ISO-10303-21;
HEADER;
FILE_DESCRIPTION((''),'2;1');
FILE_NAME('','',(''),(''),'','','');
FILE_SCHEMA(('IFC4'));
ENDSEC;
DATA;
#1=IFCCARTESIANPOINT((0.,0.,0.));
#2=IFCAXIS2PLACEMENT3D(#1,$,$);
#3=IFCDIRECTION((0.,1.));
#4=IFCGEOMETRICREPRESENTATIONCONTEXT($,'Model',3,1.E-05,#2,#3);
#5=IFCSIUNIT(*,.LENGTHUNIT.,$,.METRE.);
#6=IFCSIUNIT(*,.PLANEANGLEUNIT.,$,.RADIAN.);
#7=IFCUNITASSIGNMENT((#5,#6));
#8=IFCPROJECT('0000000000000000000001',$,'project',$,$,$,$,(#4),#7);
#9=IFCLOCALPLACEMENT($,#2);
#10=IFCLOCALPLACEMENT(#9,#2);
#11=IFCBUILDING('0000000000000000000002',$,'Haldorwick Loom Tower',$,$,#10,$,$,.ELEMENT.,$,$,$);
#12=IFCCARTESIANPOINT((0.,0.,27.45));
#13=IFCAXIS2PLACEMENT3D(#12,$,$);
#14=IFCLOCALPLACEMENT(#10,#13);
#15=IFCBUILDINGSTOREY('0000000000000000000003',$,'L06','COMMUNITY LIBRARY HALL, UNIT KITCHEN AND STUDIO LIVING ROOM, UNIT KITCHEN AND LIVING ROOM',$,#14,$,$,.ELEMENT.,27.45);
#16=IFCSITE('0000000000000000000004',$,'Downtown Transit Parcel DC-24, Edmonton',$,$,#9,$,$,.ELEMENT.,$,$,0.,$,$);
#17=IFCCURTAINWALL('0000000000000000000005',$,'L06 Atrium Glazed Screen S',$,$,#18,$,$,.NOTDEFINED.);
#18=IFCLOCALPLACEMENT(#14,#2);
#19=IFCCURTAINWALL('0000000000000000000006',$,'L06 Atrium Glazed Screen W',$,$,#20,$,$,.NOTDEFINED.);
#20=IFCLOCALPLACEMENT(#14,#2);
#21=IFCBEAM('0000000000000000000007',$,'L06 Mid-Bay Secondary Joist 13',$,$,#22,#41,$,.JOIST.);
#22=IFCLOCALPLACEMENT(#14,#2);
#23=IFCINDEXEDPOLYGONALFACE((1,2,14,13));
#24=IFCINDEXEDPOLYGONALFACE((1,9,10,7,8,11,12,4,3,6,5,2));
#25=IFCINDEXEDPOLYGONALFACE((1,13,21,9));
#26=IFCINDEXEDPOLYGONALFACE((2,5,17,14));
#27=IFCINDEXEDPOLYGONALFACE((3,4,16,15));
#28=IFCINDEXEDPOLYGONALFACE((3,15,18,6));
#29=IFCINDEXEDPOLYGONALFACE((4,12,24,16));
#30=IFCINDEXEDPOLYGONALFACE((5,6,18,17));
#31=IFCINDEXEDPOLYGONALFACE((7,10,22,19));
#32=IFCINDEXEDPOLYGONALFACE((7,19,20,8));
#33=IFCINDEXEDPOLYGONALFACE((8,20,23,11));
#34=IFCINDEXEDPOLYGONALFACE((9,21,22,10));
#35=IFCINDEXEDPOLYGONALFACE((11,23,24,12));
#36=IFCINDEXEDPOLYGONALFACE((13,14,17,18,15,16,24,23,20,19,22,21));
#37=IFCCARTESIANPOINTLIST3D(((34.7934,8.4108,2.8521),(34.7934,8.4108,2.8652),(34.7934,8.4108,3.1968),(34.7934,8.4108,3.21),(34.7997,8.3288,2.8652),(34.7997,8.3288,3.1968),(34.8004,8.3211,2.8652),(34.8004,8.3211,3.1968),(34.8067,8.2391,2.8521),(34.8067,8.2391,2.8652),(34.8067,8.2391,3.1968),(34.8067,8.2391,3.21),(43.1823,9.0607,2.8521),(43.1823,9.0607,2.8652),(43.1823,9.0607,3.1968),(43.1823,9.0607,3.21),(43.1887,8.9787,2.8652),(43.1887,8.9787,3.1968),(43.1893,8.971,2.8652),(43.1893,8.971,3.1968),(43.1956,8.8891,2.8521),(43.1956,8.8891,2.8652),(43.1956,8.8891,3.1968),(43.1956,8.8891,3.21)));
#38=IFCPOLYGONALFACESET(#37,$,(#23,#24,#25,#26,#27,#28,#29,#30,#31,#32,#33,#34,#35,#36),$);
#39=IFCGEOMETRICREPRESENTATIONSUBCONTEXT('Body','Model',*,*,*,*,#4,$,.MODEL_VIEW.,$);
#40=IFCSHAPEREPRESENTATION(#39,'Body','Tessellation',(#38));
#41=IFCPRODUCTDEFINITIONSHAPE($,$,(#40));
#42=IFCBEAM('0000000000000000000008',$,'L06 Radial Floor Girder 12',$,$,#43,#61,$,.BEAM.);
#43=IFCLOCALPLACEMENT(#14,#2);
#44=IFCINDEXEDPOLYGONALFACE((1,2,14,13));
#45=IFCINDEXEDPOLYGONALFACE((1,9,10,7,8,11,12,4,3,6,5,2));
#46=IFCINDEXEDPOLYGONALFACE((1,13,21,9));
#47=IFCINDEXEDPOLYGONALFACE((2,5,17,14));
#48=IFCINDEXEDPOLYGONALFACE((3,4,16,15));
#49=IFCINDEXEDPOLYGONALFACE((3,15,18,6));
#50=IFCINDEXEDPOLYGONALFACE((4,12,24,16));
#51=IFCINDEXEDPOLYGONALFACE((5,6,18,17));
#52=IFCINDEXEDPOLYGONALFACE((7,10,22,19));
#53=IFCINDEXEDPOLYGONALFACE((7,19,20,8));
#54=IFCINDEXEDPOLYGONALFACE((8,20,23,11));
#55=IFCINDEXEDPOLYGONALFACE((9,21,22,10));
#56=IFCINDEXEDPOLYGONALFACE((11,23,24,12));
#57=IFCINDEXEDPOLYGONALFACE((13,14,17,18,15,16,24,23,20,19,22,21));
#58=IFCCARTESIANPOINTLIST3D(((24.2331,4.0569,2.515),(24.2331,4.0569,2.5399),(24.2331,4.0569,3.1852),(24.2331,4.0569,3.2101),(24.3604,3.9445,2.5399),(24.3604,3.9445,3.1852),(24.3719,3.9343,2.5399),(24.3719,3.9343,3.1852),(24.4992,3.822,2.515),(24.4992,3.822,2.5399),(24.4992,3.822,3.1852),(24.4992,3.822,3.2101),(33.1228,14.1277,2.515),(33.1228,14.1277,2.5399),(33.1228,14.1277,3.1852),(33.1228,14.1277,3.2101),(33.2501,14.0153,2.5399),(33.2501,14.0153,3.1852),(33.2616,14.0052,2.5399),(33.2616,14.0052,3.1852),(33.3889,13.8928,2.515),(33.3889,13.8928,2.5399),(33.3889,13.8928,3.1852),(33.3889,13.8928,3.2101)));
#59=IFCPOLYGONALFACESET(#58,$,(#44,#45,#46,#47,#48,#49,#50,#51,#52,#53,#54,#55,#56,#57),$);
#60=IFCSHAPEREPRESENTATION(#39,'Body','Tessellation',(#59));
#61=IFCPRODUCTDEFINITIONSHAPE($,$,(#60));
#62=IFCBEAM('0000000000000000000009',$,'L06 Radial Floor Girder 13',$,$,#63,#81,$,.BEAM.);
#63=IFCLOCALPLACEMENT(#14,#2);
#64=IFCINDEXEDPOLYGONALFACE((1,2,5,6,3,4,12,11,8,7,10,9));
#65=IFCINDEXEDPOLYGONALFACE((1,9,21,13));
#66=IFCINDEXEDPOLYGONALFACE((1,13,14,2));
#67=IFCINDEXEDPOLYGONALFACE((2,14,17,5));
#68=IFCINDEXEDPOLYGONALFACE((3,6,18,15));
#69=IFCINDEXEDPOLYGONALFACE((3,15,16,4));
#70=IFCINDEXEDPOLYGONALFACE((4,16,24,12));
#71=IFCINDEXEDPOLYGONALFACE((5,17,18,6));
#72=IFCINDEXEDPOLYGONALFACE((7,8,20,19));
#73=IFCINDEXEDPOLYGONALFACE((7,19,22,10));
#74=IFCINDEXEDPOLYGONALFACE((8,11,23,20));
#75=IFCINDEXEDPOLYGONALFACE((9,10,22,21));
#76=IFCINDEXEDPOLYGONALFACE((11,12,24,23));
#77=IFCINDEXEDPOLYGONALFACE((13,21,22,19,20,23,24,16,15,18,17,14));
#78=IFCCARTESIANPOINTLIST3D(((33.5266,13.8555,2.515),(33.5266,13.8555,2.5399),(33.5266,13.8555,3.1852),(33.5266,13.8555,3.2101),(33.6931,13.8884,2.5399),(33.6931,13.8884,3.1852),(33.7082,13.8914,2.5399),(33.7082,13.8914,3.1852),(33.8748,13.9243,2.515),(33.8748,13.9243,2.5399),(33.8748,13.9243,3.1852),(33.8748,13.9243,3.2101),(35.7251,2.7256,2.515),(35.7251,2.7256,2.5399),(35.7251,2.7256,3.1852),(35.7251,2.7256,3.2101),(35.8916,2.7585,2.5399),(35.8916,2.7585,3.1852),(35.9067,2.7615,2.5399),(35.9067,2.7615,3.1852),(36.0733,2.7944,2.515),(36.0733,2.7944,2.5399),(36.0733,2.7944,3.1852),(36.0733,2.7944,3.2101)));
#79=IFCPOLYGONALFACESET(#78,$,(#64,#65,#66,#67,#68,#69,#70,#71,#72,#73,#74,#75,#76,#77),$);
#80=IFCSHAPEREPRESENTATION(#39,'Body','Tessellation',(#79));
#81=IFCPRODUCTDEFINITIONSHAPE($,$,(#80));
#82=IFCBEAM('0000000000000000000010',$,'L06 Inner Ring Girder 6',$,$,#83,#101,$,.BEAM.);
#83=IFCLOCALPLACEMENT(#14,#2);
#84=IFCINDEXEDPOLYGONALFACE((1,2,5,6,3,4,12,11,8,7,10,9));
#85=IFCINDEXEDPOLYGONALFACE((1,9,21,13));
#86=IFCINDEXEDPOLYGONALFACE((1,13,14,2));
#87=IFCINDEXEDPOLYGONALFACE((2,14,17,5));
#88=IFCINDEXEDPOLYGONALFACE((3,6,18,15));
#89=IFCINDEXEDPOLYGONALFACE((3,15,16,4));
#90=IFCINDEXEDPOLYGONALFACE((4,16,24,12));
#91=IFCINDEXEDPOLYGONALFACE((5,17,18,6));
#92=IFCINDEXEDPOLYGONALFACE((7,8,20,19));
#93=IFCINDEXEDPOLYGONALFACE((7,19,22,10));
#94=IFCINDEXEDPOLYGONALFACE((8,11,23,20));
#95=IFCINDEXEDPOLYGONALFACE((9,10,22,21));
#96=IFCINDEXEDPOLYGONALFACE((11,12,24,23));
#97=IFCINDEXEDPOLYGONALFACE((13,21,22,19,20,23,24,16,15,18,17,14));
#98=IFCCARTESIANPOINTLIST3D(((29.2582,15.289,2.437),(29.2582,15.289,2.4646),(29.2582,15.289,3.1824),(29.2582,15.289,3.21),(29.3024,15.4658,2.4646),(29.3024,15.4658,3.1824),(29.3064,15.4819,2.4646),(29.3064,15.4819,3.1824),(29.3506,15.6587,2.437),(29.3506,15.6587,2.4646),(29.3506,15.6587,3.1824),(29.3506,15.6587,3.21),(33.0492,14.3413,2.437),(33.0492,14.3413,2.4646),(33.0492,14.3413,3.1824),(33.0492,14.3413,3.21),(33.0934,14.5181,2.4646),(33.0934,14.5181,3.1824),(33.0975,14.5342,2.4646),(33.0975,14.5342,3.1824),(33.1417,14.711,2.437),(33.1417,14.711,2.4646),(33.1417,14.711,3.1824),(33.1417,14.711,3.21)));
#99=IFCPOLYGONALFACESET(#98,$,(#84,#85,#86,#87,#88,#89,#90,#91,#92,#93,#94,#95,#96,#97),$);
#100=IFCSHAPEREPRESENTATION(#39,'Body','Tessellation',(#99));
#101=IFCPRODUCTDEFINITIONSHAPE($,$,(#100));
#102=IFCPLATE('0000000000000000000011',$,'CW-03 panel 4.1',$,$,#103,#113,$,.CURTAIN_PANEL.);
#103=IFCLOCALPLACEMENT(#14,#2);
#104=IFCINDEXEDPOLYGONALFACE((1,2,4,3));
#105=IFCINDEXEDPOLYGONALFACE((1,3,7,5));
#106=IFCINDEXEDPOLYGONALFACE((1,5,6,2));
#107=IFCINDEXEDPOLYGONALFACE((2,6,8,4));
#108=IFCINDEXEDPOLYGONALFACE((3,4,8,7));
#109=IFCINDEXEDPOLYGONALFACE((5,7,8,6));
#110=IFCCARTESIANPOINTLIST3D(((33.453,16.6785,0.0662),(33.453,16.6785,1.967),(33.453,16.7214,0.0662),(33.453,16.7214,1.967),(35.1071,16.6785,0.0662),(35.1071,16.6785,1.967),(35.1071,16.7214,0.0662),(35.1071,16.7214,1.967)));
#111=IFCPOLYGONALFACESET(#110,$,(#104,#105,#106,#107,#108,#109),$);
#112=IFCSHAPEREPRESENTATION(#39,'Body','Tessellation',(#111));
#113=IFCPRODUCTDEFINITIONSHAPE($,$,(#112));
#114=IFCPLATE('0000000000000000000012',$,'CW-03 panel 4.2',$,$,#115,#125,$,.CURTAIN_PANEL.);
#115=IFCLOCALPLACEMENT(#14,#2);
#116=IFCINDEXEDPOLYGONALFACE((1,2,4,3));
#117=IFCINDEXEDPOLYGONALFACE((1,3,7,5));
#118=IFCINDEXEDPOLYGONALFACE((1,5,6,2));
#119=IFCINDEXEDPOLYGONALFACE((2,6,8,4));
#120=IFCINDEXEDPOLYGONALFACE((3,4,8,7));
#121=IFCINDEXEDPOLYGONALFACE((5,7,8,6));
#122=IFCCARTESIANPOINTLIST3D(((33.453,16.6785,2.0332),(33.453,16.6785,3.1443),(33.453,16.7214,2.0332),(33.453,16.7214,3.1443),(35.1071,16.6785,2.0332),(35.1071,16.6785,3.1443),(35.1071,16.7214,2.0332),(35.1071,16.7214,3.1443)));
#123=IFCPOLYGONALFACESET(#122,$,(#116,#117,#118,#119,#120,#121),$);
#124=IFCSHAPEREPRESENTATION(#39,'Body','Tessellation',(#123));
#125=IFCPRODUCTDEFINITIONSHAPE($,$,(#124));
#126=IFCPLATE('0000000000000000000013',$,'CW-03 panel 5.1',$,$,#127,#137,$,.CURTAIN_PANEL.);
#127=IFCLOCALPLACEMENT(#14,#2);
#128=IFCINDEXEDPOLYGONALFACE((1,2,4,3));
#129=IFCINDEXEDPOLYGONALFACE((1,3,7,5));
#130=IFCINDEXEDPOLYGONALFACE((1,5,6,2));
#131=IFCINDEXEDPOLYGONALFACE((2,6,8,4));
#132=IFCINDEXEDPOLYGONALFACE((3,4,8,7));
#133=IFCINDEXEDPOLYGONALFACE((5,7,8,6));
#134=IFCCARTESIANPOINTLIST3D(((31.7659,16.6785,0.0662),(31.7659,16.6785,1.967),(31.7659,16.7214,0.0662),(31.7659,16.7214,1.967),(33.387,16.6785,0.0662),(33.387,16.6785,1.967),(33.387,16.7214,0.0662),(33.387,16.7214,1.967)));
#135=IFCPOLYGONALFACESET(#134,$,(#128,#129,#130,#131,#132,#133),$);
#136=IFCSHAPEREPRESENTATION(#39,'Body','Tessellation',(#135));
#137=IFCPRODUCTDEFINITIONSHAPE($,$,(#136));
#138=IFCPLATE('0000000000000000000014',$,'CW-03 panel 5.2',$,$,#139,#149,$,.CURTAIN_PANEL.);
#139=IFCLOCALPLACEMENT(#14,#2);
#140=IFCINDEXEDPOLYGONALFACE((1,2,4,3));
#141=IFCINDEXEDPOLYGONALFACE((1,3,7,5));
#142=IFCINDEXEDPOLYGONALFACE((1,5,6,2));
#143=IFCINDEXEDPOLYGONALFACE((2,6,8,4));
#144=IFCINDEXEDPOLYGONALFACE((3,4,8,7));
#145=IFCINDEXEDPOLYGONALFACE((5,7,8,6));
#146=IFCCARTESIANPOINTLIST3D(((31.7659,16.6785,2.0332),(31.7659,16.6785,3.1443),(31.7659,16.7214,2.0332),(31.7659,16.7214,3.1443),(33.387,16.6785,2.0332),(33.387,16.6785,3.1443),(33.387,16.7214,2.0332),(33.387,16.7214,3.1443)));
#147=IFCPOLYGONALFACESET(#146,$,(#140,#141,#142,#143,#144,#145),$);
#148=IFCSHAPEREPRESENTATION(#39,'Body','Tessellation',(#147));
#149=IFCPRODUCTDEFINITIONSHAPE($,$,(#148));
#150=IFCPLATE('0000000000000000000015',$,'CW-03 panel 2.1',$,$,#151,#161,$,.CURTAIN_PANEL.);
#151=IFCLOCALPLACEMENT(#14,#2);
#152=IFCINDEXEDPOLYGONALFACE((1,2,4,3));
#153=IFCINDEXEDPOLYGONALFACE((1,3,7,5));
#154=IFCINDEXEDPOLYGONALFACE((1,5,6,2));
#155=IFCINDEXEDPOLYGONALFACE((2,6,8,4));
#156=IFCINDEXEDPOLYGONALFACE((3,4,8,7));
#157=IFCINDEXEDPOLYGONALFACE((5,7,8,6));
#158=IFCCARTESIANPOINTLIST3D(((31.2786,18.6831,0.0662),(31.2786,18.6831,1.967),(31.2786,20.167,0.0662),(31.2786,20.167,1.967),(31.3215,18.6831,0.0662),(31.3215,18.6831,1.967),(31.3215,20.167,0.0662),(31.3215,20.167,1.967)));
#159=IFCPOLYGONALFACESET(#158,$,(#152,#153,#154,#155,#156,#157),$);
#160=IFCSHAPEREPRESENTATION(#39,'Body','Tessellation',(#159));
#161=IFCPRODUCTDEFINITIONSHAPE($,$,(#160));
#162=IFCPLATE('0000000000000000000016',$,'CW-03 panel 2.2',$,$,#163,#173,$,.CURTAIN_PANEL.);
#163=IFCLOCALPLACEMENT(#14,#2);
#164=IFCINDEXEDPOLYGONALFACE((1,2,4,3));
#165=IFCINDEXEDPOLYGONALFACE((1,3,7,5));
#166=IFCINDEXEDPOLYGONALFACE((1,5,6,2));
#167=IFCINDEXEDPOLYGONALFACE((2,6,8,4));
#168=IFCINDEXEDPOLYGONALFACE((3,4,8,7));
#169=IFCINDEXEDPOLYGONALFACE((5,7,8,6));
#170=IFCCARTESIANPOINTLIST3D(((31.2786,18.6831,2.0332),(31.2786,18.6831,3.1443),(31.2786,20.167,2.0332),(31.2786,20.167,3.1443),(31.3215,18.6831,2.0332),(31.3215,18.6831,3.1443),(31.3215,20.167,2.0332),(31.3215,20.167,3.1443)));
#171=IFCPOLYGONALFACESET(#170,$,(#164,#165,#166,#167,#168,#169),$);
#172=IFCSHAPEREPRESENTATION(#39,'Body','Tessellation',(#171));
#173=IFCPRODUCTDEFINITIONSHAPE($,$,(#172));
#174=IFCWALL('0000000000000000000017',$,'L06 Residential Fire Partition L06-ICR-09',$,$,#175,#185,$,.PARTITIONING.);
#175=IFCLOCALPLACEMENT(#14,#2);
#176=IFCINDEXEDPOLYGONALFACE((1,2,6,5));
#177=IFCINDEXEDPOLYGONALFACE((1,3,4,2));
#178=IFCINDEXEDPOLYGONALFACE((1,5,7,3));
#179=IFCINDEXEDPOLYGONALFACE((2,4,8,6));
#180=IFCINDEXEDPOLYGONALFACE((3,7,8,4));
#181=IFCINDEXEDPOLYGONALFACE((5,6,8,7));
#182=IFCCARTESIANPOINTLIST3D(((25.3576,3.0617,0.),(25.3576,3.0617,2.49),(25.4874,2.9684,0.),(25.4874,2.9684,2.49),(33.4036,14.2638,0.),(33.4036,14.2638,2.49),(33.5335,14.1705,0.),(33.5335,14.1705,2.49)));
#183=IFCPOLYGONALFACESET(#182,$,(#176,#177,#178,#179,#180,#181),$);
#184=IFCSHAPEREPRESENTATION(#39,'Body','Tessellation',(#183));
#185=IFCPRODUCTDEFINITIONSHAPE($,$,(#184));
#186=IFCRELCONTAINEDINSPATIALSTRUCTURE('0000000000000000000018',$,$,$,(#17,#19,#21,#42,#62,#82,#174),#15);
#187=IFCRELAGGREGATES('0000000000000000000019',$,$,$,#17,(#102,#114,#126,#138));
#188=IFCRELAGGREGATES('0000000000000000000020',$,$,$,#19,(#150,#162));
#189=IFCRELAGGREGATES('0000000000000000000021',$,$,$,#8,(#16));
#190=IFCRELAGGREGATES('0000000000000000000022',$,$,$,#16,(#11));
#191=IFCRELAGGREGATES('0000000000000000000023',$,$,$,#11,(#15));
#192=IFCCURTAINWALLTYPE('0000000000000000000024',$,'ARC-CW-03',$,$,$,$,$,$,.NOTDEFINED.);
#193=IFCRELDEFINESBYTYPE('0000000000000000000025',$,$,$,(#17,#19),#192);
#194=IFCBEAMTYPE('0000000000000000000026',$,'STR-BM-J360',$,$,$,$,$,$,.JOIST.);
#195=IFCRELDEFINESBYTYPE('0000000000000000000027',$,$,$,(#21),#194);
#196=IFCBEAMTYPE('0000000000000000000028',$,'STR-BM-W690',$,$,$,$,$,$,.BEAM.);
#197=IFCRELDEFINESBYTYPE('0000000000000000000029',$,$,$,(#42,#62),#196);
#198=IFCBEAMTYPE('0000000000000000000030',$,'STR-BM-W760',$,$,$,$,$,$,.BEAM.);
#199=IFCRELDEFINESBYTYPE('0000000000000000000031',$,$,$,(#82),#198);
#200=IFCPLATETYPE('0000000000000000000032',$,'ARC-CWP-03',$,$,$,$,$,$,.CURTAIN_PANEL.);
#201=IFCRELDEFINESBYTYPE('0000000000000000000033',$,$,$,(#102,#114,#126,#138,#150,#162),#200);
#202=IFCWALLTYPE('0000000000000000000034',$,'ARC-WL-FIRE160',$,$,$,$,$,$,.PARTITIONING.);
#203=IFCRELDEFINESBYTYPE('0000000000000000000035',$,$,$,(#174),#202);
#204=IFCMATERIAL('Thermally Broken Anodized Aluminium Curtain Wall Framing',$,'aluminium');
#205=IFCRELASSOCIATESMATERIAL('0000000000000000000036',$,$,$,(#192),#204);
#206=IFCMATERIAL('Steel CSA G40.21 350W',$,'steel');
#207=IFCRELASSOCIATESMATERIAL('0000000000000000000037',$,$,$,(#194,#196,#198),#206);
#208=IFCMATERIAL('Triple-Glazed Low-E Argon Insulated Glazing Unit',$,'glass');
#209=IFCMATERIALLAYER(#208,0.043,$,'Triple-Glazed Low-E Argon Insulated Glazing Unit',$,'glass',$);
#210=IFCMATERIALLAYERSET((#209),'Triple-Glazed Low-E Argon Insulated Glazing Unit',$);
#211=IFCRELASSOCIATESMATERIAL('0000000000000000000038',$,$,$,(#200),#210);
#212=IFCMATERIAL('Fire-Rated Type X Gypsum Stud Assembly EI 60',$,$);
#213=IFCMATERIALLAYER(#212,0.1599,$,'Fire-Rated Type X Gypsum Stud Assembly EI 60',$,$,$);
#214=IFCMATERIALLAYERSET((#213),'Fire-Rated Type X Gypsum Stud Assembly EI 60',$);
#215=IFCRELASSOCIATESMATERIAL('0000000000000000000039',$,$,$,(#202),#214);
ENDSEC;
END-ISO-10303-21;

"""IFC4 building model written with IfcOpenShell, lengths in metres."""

from ifc_helpers import new_model, si_unit, direction, frame, frame_2d, origin, origin_2d, place, context, subcontext, project, spatial, rectangle, i_section, extrude, material, layer, layer_set, material_profile, profile_set, type_object, element, aggregate, save


model = new_model("IFC4")

# Units and contexts
model_context = context("Model", 3, precision=1e-05, world=origin(), true_north=direction((0.0, 1.0)))
body_context = subcontext(model_context, "Body", "Model", "MODEL_VIEW")
ifc_project = project(units=[si_unit("LENGTHUNIT", "METRE"), si_unit("PLANEANGLEUNIT", "RADIAN")], contexts=[model_context])

# Site, building, storey
site_placement = place(None, origin())
site = spatial("IfcSite", under=ifc_project, at=site_placement, Name="Downtown Transit Parcel DC-24, Edmonton", CompositionType="ELEMENT", RefElevation=0.0)
building_placement = place(site_placement, origin())
building = spatial("IfcBuilding", under=site, at=building_placement, Name="Haldorwick Loom Tower", CompositionType="ELEMENT")
storey_placement = place(building_placement, frame((0.0, 0.0, 27.45)))
storey = spatial("IfcBuildingStorey", under=building, at=storey_placement, Name="L06", Description="COMMUNITY LIBRARY HALL, UNIT KITCHEN AND STUDIO LIVING ROOM, UNIT KITCHEN AND LIVING ROOM", CompositionType="ELEMENT", Elevation=27.45)

# Curtain wall
ifc_material_1 = material(Name="Thermally Broken Anodized Aluminium Curtain Wall Framing", Category="aluminium")
curtain_wall_type = type_object("IfcCurtainWallType", Name="ARC-CW-03", PredefinedType="NOTDEFINED", material=ifc_material_1)
curtain_wall_1_placement = place(storey_placement, origin())
curtain_wall_1 = element("IfcCurtainWall", 1, at=curtain_wall_1_placement, inside=storey, type_object=curtain_wall_type, Name="L06 Atrium Glazed Screen S", PredefinedType="NOTDEFINED")

# Curtain wall
curtain_wall_2_placement = place(storey_placement, origin())
curtain_wall_2 = element("IfcCurtainWall", 2, at=curtain_wall_2_placement, inside=storey, type_object=curtain_wall_type, Name="L06 Atrium Glazed Screen W", PredefinedType="NOTDEFINED")

# Beams
ifc_material_2 = material(Name="Steel CSA G40.21 350W", Category="steel")
ifc_material_profile_1 = material_profile(ifc_material_2, i_section(OverallWidth=0.1721, OverallDepth=0.3579, WebThickness=0.0078, FlangeThickness=0.0132, at=origin_2d()), Name="W360X57", Category="steel")
ifc_profile_set_1 = profile_set([ifc_material_profile_1], Name="Steel CSA G40.21 350W")
beam_type_1 = type_object("IfcBeamType", Name="STR-BM-J360", PredefinedType="JOIST", material=ifc_profile_set_1)
beam_1_placement = place(storey_placement, frame((34.8, 8.325, 3.031), z_axis=(0.997013, 0.07724, 0.0), x_axis=(-0.07724, 0.997013, 0.0)))
element("IfcBeam", 3, at=beam_1_placement, inside=storey, type_object=beam_type_1, Name="L06 Mid-Bay Secondary Joist 13", PredefinedType="JOIST", context=body_context, shape_type="SweptSolid", body=[
    extrude(i_section(OverallWidth=0.1721, OverallDepth=0.3579, WebThickness=0.0078, FlangeThickness=0.0132, at=origin_2d()), origin(), (0.0, 0.0, 1.0), 8.4141),
])
ifc_material_profile_2 = material_profile(ifc_material_2, i_section(OverallWidth=0.355, OverallDepth=0.6951, WebThickness=0.0154, FlangeThickness=0.0249, at=origin_2d()), Name="W690X217", Category="steel")
ifc_profile_set_2 = profile_set([ifc_material_profile_2], Name="Steel CSA G40.21 350W")
beam_type_2 = type_object("IfcBeamType", Name="STR-BM-W690", PredefinedType="BEAM", material=ifc_profile_set_2)
beam_2_placement = place(storey_placement, frame((33.2559, 14.0103, 2.8625), z_axis=(-0.661774, -0.749703, 0.0), x_axis=(0.749703, -0.661774, 0.0)))
element("IfcBeam", 4, at=beam_2_placement, inside=storey, type_object=beam_type_2, Name="L06 Radial Floor Girder 12", PredefinedType="BEAM", context=body_context, shape_type="SweptSolid", body=[
    extrude(i_section(OverallWidth=0.355, OverallDepth=0.6951, WebThickness=0.0154, FlangeThickness=0.0249, at=origin_2d()), origin(), (0.0, 0.0, 1.0), 13.4331),
])
beam_3_placement = place(storey_placement, frame((33.7007, 13.8899, 2.8625), z_axis=(0.193786, -0.981044, 0.0), x_axis=(0.981044, 0.193786, 0.0)))
element("IfcBeam", 5, at=beam_3_placement, inside=storey, type_object=beam_type_2, Name="L06 Radial Floor Girder 13", PredefinedType="BEAM", context=body_context, shape_type="SweptSolid", body=[
    extrude(i_section(OverallWidth=0.355, OverallDepth=0.6951, WebThickness=0.0154, FlangeThickness=0.0249, at=origin_2d()), origin(), (0.0, 0.0, 1.0), 11.345),
])
ifc_material_profile_3 = material_profile(ifc_material_2, i_section(OverallWidth=0.3811, OverallDepth=0.7729, WebThickness=0.0166, FlangeThickness=0.0276, at=origin_2d()), Name="W760X257", Category="steel")
ifc_profile_set_3 = profile_set([ifc_material_profile_3], Name="Steel CSA G40.21 350W")
beam_type_3 = type_object("IfcBeamType", Name="STR-BM-W760", PredefinedType="BEAM", material=ifc_profile_set_3)
beam_4_placement = place(storey_placement, frame((33.0955, 14.5261, 2.8235), z_axis=(-0.970143, 0.242536, 0.0), x_axis=(-0.242536, -0.970143, 0.0)))
element("IfcBeam", 6, at=beam_4_placement, inside=storey, type_object=beam_type_3, Name="L06 Inner Ring Girder 6", PredefinedType="BEAM", context=body_context, shape_type="SweptSolid", body=[
    extrude(i_section(OverallWidth=0.3811, OverallDepth=0.7729, WebThickness=0.0166, FlangeThickness=0.0276, at=origin_2d()), origin(), (0.0, 0.0, 1.0), 3.9077),
])

# Plates
ifc_material_3 = material(Name="Triple-Glazed Low-E Argon Insulated Glazing Unit", Category="glass")
ifc_layer_1 = layer(ifc_material_3, 0.043, Name="Triple-Glazed Low-E Argon Insulated Glazing Unit", Category="glass")
ifc_layer_set_1 = layer_set([ifc_layer_1], Name="Triple-Glazed Low-E Argon Insulated Glazing Unit")
plate_type = type_object("IfcPlateType", Name="ARC-CWP-03", PredefinedType="CURTAIN_PANEL", material=ifc_layer_set_1)
plate_1_placement = place(storey_placement, frame((34.28, 16.7, 0.0662), z_axis=(0.0, 0.0, 1.0), x_axis=(-1.0, 0.0, 0.0)))
plate_1 = element("IfcPlate", 7, at=plate_1_placement, type_object=plate_type, Name="CW-03 panel 4.1", PredefinedType="CURTAIN_PANEL", context=body_context, shape_type="SweptSolid", body=[
    extrude(rectangle(XDim=1.6541, YDim=0.043, at=origin_2d()), origin(), (0.0, 0.0, 1.0), 1.9009),
])
plate_2_placement = place(storey_placement, frame((34.28, 16.7, 2.0332), z_axis=(0.0, 0.0, 1.0), x_axis=(-1.0, 0.0, 0.0)))
plate_2 = element("IfcPlate", 8, at=plate_2_placement, type_object=plate_type, Name="CW-03 panel 4.2", PredefinedType="CURTAIN_PANEL", context=body_context, shape_type="SweptSolid", body=[
    extrude(rectangle(XDim=1.6541, YDim=0.043, at=origin_2d()), origin(), (0.0, 0.0, 1.0), 1.1111),
])
plate_3_placement = place(storey_placement, frame((32.5764, 16.7, 0.0662), z_axis=(0.0, 0.0, 1.0), x_axis=(-1.0, 0.0, 0.0)))
plate_3 = element("IfcPlate", 9, at=plate_3_placement, type_object=plate_type, Name="CW-03 panel 5.1", PredefinedType="CURTAIN_PANEL", context=body_context, shape_type="SweptSolid", body=[
    extrude(rectangle(XDim=1.6211, YDim=0.043, at=origin_2d()), origin(), (0.0, 0.0, 1.0), 1.9009),
])
plate_4_placement = place(storey_placement, frame((32.5764, 16.7, 2.0332), z_axis=(0.0, 0.0, 1.0), x_axis=(-1.0, 0.0, 0.0)))
plate_4 = element("IfcPlate", 10, at=plate_4_placement, type_object=plate_type, Name="CW-03 panel 5.2", PredefinedType="CURTAIN_PANEL", context=body_context, shape_type="SweptSolid", body=[
    extrude(rectangle(XDim=1.6211, YDim=0.043, at=origin_2d()), origin(), (0.0, 0.0, 1.0), 1.1111),
])
aggregate(curtain_wall_1, [plate_1, plate_2, plate_3, plate_4])
plate_5_placement = place(storey_placement, frame((31.3, 19.425, 0.0662), z_axis=(0.0, 0.0, 1.0), x_axis=(0.0, 1.0, 0.0)))
plate_5 = element("IfcPlate", 11, at=plate_5_placement, type_object=plate_type, Name="CW-03 panel 2.1", PredefinedType="CURTAIN_PANEL", context=body_context, shape_type="SweptSolid", body=[
    extrude(rectangle(XDim=1.4839, YDim=0.043, at=origin_2d()), origin(), (0.0, 0.0, 1.0), 1.9009),
])
plate_6_placement = place(storey_placement, frame((31.3, 19.425, 2.0332), z_axis=(0.0, 0.0, 1.0), x_axis=(0.0, 1.0, 0.0)))
plate_6 = element("IfcPlate", 12, at=plate_6_placement, type_object=plate_type, Name="CW-03 panel 2.2", PredefinedType="CURTAIN_PANEL", context=body_context, shape_type="SweptSolid", body=[
    extrude(rectangle(XDim=1.4839, YDim=0.043, at=origin_2d()), origin(), (0.0, 0.0, 1.0), 1.1111),
])
aggregate(curtain_wall_2, [plate_5, plate_6])

# Wall
ifc_material_4 = material(Name="Fire-Rated Type X Gypsum Stud Assembly EI 60")
ifc_layer_2 = layer(ifc_material_4, 0.1599, Name="Fire-Rated Type X Gypsum Stud Assembly EI 60")
ifc_layer_set_2 = layer_set([ifc_layer_2], Name="Fire-Rated Type X Gypsum Stud Assembly EI 60")
wall_type = type_object("IfcWallType", Name="ARC-WL-FIRE160", PredefinedType="PARTITIONING", material=ifc_layer_set_2)
wall_1_placement = place(storey_placement, frame((33.4685, 14.217, 0.0), z_axis=(0.0, 0.0, 1.0), x_axis=(-0.583378, -0.812201, 0.0)))
element("IfcWall", 13, at=wall_1_placement, inside=storey, type_object=wall_type, Name="L06 Residential Fire Partition L06-ICR-09", PredefinedType="PARTITIONING", context=body_context, shape_type="SweptSolid", body=[
    extrude(rectangle(XDim=13.7922, YDim=0.1599, at=frame_2d((6.896, 0.0))), origin(), (0.0, 0.0, 1.0), 2.49),
])

save(model, "model.ifc")
